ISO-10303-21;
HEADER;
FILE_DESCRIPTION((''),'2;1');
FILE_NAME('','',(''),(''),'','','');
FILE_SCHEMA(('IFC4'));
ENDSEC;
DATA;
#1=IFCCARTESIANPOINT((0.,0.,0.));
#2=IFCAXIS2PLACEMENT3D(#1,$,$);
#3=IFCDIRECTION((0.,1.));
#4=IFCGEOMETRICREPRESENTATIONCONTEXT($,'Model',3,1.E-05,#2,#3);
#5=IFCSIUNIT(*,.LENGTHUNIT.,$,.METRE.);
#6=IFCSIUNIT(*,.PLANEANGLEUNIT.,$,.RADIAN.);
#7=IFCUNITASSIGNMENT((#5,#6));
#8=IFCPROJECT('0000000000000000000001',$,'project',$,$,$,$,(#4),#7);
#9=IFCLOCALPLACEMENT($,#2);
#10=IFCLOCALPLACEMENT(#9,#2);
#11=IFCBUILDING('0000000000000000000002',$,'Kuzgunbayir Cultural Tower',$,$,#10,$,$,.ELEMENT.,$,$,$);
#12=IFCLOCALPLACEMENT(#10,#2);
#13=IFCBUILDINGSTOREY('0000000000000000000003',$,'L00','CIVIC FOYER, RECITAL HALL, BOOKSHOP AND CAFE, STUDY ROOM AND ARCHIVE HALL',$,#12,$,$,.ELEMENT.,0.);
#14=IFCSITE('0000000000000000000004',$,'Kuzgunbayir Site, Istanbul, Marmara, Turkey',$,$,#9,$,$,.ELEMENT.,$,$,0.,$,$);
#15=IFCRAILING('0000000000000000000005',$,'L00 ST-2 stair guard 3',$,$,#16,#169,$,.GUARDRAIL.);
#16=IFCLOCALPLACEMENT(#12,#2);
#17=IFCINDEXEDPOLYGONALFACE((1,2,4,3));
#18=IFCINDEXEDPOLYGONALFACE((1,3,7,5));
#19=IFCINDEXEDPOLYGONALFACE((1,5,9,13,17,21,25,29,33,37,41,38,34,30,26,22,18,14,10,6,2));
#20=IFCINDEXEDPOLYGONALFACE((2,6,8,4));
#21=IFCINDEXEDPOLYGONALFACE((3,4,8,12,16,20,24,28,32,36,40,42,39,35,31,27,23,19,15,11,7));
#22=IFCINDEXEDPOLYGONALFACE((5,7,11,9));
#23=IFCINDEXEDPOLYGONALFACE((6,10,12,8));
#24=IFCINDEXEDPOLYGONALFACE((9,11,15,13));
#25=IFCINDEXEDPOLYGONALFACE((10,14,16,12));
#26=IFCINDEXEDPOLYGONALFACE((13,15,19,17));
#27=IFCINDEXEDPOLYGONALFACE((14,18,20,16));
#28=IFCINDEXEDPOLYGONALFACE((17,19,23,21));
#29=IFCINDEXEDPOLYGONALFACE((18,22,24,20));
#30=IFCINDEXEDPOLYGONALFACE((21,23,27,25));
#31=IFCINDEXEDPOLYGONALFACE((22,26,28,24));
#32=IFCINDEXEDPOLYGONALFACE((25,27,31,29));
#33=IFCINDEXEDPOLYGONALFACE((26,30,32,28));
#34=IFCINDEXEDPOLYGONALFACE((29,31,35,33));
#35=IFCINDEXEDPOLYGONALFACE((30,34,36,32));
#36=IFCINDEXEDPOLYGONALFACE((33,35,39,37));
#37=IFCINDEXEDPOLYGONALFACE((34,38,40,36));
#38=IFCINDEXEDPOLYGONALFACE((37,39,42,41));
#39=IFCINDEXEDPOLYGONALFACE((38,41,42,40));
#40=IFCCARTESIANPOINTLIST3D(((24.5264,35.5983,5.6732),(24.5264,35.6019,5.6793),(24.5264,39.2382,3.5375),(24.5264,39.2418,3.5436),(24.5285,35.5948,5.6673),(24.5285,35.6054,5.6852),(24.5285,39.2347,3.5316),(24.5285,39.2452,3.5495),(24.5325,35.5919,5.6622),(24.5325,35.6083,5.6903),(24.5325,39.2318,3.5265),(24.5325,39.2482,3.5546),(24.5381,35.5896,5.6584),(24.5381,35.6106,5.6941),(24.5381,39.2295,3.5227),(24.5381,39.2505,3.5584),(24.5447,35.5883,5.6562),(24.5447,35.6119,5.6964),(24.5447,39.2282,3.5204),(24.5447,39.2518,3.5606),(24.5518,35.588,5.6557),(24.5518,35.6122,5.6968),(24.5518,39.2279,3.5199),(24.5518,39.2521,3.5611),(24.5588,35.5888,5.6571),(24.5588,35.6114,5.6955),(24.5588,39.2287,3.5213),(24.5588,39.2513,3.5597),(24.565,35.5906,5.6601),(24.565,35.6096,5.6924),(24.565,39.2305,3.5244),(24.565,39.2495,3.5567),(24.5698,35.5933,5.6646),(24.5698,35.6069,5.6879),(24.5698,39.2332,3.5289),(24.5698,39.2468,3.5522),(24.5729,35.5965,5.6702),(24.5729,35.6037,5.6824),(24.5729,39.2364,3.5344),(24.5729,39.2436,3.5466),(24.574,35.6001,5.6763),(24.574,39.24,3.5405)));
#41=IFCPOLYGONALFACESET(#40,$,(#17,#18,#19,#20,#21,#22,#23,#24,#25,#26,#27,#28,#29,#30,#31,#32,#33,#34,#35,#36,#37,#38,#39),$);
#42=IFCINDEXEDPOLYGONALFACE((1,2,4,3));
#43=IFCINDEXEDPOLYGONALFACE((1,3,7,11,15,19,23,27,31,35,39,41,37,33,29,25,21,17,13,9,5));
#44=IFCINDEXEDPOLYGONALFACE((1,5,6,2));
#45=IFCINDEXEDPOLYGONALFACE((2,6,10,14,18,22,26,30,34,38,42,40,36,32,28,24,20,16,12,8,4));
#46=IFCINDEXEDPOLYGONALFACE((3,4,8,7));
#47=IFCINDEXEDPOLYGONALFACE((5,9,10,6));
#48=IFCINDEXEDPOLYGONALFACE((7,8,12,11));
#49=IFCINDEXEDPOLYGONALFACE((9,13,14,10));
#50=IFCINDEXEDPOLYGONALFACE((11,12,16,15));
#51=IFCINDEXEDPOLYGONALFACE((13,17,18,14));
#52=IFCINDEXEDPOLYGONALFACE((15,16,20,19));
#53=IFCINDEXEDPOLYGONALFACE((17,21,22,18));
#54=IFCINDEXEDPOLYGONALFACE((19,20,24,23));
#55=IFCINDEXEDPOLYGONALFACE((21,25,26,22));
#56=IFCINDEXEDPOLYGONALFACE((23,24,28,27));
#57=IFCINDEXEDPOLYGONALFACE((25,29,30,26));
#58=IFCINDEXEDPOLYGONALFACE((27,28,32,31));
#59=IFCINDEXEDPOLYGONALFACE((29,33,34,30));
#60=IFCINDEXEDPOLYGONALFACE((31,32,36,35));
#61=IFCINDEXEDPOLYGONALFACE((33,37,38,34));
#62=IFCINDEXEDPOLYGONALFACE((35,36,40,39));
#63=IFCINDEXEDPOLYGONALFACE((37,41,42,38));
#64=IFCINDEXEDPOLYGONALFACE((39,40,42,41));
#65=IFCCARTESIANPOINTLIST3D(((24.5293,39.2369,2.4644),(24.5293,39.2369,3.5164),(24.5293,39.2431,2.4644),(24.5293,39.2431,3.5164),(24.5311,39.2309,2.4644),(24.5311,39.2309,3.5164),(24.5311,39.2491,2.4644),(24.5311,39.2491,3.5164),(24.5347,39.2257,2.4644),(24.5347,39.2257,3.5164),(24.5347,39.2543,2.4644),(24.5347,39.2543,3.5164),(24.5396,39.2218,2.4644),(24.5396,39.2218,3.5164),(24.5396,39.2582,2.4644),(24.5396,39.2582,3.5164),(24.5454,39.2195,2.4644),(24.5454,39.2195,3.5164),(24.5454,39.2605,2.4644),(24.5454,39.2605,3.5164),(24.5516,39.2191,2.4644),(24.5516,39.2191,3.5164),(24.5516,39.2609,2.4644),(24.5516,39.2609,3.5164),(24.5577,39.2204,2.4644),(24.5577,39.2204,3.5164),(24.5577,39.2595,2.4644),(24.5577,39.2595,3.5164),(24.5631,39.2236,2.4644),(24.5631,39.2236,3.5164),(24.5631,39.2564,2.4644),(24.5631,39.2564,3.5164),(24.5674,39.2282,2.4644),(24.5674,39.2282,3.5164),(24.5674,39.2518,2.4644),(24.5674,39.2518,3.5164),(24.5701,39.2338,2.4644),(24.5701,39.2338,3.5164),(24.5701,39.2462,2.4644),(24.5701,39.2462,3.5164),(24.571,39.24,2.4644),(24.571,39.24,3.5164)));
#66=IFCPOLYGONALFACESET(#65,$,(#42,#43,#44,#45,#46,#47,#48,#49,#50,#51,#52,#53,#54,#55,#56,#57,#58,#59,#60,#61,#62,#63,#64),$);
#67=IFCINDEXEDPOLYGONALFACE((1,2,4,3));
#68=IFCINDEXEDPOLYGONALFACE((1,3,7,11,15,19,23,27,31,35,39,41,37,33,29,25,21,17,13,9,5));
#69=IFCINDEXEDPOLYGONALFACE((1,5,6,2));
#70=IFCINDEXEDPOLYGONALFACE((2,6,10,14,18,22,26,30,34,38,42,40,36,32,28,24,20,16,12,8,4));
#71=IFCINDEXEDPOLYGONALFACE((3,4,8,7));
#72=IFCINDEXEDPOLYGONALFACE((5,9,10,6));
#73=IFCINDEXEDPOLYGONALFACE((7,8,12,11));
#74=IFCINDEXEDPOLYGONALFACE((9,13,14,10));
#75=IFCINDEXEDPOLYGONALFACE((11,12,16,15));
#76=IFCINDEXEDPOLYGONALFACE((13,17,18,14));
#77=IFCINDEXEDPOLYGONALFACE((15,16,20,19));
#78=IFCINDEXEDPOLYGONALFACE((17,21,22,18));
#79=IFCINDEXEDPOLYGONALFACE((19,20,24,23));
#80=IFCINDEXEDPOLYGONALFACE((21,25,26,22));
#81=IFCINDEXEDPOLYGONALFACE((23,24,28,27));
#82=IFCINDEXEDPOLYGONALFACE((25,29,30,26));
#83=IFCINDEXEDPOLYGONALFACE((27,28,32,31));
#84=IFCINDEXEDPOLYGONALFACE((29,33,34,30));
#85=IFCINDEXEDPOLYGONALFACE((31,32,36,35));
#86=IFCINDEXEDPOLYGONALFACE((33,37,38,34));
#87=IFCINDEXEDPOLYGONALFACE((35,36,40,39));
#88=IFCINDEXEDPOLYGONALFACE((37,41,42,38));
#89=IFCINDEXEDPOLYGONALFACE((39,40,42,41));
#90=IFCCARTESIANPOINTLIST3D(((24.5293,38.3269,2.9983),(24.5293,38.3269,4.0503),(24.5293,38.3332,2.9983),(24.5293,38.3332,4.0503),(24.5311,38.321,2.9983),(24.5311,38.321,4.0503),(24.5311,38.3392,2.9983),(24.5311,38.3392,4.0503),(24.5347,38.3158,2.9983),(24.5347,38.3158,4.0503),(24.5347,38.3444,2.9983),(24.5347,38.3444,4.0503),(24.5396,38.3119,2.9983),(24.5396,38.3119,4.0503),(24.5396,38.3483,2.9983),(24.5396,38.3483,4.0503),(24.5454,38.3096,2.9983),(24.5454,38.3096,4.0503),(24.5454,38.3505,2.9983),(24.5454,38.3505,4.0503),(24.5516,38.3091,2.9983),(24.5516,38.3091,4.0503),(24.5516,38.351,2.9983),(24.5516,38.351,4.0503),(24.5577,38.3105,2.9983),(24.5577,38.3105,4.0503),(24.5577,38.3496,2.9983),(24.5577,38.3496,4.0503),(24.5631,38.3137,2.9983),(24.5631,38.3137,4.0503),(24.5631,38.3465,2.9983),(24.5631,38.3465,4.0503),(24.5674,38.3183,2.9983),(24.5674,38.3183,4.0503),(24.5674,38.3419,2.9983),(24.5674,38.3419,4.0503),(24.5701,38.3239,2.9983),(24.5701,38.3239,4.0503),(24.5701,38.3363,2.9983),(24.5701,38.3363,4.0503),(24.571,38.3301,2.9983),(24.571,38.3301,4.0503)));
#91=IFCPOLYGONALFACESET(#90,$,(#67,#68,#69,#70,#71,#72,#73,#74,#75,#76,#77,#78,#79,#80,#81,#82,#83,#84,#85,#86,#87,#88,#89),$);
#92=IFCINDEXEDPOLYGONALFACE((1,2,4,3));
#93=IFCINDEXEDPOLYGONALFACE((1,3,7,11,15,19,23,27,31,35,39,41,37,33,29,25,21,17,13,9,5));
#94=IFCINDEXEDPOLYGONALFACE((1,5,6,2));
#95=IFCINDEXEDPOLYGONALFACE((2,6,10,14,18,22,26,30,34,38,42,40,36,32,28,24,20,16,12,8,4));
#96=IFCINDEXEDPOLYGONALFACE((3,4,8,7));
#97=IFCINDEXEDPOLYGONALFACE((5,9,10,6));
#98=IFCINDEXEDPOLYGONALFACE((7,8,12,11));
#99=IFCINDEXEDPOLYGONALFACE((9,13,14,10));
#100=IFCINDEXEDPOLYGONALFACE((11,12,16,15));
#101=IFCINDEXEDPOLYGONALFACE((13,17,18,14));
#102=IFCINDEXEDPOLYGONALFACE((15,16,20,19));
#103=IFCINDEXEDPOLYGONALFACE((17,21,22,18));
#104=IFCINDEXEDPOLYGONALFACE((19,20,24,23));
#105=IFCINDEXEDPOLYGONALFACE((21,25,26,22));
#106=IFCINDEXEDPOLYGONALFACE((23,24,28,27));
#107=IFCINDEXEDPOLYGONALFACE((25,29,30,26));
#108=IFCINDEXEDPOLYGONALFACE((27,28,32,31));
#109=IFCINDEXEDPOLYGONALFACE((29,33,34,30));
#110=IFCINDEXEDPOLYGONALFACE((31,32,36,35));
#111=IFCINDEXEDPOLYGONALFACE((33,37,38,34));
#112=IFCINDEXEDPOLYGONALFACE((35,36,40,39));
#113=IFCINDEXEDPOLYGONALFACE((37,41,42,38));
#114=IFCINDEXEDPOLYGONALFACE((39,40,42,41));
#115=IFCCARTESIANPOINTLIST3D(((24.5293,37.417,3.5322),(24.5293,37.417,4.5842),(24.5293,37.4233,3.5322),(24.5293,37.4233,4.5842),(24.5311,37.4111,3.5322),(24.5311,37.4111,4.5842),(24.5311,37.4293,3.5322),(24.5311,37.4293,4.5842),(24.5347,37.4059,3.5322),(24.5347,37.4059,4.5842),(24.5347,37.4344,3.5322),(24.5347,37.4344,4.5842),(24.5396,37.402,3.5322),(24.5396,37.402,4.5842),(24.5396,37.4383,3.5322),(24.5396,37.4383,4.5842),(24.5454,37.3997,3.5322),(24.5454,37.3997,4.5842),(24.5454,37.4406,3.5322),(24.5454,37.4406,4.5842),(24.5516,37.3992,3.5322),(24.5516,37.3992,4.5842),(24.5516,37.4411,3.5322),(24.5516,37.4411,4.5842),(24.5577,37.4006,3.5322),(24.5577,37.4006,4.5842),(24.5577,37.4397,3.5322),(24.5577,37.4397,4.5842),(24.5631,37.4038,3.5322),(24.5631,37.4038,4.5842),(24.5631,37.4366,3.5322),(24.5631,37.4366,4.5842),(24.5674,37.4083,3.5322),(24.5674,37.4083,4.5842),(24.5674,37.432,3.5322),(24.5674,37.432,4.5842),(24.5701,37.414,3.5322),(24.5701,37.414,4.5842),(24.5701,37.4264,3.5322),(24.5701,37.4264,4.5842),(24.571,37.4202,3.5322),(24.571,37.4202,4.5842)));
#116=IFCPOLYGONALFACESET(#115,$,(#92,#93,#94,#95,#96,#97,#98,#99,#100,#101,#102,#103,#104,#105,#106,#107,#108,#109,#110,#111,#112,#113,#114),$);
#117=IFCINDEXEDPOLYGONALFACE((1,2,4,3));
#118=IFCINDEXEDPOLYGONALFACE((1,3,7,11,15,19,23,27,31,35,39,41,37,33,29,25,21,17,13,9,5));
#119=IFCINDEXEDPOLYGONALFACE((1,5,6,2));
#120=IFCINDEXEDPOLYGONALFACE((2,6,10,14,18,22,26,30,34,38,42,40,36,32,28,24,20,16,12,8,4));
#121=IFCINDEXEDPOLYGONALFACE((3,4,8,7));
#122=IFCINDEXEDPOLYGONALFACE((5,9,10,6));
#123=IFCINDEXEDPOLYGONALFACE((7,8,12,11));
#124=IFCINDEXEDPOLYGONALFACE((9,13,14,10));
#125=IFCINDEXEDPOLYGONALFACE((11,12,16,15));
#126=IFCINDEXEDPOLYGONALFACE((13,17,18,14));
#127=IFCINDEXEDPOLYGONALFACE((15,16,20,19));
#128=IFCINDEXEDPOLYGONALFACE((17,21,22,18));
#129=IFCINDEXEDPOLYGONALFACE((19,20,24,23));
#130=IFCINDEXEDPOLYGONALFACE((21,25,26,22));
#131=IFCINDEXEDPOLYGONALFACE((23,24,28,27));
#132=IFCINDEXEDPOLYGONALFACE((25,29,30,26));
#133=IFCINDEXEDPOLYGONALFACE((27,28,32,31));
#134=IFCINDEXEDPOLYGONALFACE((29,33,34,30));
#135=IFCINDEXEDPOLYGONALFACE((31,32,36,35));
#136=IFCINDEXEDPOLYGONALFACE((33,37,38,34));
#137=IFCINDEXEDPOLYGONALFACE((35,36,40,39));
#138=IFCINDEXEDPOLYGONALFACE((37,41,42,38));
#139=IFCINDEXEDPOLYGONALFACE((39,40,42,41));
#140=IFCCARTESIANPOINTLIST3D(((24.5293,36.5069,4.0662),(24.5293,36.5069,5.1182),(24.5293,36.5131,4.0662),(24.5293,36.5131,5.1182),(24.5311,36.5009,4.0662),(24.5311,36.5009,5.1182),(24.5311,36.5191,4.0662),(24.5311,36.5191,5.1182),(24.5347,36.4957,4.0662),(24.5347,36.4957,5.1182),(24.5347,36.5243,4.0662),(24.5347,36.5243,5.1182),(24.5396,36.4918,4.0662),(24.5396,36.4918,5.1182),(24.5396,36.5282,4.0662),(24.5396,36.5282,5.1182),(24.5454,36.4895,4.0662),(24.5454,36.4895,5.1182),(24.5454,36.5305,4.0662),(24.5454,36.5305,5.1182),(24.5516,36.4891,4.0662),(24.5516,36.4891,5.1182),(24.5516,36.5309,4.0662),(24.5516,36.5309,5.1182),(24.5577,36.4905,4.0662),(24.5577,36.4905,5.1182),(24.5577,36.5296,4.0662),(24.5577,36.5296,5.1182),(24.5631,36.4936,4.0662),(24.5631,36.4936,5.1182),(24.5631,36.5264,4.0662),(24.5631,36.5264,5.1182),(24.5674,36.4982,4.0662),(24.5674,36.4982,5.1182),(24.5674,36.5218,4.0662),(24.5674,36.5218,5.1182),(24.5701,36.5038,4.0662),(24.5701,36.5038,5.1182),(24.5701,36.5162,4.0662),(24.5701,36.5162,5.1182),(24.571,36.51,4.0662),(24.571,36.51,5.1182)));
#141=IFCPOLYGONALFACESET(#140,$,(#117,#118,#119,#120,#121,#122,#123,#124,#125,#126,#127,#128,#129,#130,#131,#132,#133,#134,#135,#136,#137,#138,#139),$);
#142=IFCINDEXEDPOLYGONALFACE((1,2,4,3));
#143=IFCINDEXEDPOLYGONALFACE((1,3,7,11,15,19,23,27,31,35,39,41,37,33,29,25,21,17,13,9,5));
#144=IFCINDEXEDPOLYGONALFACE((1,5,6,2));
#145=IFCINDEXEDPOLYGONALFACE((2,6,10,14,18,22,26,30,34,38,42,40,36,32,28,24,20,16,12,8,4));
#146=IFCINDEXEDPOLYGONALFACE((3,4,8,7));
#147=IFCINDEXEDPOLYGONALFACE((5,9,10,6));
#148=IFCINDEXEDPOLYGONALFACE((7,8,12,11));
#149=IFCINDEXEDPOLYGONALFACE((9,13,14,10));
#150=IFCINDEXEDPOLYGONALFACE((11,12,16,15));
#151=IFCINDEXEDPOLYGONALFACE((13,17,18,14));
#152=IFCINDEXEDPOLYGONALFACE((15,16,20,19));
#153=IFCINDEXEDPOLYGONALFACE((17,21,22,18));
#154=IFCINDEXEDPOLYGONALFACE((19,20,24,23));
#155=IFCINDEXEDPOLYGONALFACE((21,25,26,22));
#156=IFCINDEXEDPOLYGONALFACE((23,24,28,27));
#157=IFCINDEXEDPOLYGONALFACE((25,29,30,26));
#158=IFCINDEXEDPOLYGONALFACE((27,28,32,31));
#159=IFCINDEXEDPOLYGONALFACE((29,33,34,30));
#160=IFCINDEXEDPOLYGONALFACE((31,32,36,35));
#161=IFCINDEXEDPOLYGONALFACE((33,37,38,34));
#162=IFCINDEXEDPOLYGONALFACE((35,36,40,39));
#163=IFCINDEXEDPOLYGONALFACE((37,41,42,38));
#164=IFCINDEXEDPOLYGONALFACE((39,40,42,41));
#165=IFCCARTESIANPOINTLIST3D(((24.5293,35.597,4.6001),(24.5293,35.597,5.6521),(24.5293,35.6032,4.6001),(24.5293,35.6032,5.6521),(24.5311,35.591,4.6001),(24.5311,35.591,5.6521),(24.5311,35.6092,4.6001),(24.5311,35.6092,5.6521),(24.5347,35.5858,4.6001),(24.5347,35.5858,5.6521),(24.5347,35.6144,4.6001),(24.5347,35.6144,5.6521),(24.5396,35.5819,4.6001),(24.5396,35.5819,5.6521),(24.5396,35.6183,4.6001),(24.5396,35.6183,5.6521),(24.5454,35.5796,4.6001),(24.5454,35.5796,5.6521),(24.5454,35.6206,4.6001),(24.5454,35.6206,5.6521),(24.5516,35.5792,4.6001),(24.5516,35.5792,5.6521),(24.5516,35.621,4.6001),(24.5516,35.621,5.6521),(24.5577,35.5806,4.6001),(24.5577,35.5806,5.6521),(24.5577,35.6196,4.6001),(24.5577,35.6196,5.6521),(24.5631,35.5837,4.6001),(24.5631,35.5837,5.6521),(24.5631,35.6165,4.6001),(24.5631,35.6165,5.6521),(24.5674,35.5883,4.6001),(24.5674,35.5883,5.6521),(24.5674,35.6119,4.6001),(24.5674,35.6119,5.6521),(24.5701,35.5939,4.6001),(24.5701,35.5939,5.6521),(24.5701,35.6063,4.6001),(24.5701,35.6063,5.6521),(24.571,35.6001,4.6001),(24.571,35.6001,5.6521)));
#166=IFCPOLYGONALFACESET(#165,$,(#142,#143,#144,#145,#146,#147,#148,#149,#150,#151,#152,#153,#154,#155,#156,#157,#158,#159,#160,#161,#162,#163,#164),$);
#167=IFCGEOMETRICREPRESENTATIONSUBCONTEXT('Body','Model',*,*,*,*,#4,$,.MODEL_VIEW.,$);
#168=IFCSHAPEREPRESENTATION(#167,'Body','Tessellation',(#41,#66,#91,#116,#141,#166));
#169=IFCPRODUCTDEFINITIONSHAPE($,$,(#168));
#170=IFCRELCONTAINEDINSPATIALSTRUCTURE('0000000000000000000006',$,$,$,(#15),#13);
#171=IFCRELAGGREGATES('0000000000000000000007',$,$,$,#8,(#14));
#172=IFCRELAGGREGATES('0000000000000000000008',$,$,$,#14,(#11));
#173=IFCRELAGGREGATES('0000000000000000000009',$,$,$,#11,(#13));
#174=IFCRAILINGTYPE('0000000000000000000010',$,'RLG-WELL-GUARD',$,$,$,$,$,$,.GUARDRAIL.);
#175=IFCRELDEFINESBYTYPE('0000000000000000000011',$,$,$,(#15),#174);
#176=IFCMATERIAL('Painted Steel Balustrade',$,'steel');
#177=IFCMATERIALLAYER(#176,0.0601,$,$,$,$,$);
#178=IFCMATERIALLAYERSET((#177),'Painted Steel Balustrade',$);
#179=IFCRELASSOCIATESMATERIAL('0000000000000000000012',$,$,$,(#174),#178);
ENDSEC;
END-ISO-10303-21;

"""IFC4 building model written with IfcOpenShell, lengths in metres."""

from ifc_helpers import new_model, si_unit, direction, frame, origin, origin_2d, place, context, subcontext, project, spatial, circle, extrude, material, layer, layer_set, type_object, element, save


model = new_model("IFC4")

# Units and contexts
model_context = context("Model", 3, precision=1e-05, world=origin(), true_north=direction((0.0, 1.0)))
body_context = subcontext(model_context, "Body", "Model", "MODEL_VIEW")
ifc_project = project(units=[si_unit("LENGTHUNIT", "METRE"), si_unit("PLANEANGLEUNIT", "RADIAN")], contexts=[model_context])

# Site, building, storey
site_placement = place(None, origin())
site = spatial("IfcSite", under=ifc_project, at=site_placement, Name="Kuzgunbayir Site, Istanbul, Marmara, Turkey", CompositionType="ELEMENT", RefElevation=0.0)
building_placement = place(site_placement, origin())
building = spatial("IfcBuilding", under=site, at=building_placement, Name="Kuzgunbayir Cultural Tower", CompositionType="ELEMENT")
storey_placement = place(building_placement, origin())
storey = spatial("IfcBuildingStorey", under=building, at=storey_placement, Name="L00", Description="CIVIC FOYER, RECITAL HALL, BOOKSHOP AND CAFE, STUDY ROOM AND ARCHIVE HALL", CompositionType="ELEMENT", Elevation=0.0)

# Railing
ifc_material_1 = material(Name="Painted Steel Balustrade", Category="steel")
ifc_layer_1 = layer(ifc_material_1, 0.0601)
ifc_layer_set_1 = layer_set([ifc_layer_1], Name="Painted Steel Balustrade")
railing_type_1 = type_object("IfcRailingType", Name="RLG-WELL-GUARD", PredefinedType="GUARDRAIL", material=ifc_layer_set_1)
railing_1_placement = place(storey_placement, frame((24.55, 39.24, 2.4644)))
element("IfcRailing", 1, at=railing_1_placement, inside=storey, type_object=railing_type_1, Name="L00 ST-2 stair guard 3", PredefinedType="GUARDRAIL", context=body_context, shape_type="SweptSolid", body=[
    extrude(circle(Radius=0.0239, at=origin_2d()), frame((0.0, 0.0, 1.0762), z_axis=(0.0, -0.86249, 0.506074), x_axis=(1.0, 0.0, 0.0)), (0.0, 0.0, 1.0), 4.2202),
    extrude(circle(Radius=0.021, at=origin_2d()), origin(), (0.0, 0.0, 1.0), 1.052),
    extrude(circle(Radius=0.021, at=origin_2d()), frame((0.0, -0.9099, 0.5339)), (0.0, 0.0, 1.0), 1.052),
    extrude(circle(Radius=0.021, at=origin_2d()), frame((0.0, -1.8198, 1.0679)), (0.0, 0.0, 1.0), 1.052),
    extrude(circle(Radius=0.021, at=origin_2d()), frame((0.0, -2.73, 1.6018)), (0.0, 0.0, 1.0), 1.052),
    extrude(circle(Radius=0.021, at=origin_2d()), frame((0.0, -3.6399, 2.1357)), (0.0, 0.0, 1.0), 1.052),
])

save(model, "model.ifc")
